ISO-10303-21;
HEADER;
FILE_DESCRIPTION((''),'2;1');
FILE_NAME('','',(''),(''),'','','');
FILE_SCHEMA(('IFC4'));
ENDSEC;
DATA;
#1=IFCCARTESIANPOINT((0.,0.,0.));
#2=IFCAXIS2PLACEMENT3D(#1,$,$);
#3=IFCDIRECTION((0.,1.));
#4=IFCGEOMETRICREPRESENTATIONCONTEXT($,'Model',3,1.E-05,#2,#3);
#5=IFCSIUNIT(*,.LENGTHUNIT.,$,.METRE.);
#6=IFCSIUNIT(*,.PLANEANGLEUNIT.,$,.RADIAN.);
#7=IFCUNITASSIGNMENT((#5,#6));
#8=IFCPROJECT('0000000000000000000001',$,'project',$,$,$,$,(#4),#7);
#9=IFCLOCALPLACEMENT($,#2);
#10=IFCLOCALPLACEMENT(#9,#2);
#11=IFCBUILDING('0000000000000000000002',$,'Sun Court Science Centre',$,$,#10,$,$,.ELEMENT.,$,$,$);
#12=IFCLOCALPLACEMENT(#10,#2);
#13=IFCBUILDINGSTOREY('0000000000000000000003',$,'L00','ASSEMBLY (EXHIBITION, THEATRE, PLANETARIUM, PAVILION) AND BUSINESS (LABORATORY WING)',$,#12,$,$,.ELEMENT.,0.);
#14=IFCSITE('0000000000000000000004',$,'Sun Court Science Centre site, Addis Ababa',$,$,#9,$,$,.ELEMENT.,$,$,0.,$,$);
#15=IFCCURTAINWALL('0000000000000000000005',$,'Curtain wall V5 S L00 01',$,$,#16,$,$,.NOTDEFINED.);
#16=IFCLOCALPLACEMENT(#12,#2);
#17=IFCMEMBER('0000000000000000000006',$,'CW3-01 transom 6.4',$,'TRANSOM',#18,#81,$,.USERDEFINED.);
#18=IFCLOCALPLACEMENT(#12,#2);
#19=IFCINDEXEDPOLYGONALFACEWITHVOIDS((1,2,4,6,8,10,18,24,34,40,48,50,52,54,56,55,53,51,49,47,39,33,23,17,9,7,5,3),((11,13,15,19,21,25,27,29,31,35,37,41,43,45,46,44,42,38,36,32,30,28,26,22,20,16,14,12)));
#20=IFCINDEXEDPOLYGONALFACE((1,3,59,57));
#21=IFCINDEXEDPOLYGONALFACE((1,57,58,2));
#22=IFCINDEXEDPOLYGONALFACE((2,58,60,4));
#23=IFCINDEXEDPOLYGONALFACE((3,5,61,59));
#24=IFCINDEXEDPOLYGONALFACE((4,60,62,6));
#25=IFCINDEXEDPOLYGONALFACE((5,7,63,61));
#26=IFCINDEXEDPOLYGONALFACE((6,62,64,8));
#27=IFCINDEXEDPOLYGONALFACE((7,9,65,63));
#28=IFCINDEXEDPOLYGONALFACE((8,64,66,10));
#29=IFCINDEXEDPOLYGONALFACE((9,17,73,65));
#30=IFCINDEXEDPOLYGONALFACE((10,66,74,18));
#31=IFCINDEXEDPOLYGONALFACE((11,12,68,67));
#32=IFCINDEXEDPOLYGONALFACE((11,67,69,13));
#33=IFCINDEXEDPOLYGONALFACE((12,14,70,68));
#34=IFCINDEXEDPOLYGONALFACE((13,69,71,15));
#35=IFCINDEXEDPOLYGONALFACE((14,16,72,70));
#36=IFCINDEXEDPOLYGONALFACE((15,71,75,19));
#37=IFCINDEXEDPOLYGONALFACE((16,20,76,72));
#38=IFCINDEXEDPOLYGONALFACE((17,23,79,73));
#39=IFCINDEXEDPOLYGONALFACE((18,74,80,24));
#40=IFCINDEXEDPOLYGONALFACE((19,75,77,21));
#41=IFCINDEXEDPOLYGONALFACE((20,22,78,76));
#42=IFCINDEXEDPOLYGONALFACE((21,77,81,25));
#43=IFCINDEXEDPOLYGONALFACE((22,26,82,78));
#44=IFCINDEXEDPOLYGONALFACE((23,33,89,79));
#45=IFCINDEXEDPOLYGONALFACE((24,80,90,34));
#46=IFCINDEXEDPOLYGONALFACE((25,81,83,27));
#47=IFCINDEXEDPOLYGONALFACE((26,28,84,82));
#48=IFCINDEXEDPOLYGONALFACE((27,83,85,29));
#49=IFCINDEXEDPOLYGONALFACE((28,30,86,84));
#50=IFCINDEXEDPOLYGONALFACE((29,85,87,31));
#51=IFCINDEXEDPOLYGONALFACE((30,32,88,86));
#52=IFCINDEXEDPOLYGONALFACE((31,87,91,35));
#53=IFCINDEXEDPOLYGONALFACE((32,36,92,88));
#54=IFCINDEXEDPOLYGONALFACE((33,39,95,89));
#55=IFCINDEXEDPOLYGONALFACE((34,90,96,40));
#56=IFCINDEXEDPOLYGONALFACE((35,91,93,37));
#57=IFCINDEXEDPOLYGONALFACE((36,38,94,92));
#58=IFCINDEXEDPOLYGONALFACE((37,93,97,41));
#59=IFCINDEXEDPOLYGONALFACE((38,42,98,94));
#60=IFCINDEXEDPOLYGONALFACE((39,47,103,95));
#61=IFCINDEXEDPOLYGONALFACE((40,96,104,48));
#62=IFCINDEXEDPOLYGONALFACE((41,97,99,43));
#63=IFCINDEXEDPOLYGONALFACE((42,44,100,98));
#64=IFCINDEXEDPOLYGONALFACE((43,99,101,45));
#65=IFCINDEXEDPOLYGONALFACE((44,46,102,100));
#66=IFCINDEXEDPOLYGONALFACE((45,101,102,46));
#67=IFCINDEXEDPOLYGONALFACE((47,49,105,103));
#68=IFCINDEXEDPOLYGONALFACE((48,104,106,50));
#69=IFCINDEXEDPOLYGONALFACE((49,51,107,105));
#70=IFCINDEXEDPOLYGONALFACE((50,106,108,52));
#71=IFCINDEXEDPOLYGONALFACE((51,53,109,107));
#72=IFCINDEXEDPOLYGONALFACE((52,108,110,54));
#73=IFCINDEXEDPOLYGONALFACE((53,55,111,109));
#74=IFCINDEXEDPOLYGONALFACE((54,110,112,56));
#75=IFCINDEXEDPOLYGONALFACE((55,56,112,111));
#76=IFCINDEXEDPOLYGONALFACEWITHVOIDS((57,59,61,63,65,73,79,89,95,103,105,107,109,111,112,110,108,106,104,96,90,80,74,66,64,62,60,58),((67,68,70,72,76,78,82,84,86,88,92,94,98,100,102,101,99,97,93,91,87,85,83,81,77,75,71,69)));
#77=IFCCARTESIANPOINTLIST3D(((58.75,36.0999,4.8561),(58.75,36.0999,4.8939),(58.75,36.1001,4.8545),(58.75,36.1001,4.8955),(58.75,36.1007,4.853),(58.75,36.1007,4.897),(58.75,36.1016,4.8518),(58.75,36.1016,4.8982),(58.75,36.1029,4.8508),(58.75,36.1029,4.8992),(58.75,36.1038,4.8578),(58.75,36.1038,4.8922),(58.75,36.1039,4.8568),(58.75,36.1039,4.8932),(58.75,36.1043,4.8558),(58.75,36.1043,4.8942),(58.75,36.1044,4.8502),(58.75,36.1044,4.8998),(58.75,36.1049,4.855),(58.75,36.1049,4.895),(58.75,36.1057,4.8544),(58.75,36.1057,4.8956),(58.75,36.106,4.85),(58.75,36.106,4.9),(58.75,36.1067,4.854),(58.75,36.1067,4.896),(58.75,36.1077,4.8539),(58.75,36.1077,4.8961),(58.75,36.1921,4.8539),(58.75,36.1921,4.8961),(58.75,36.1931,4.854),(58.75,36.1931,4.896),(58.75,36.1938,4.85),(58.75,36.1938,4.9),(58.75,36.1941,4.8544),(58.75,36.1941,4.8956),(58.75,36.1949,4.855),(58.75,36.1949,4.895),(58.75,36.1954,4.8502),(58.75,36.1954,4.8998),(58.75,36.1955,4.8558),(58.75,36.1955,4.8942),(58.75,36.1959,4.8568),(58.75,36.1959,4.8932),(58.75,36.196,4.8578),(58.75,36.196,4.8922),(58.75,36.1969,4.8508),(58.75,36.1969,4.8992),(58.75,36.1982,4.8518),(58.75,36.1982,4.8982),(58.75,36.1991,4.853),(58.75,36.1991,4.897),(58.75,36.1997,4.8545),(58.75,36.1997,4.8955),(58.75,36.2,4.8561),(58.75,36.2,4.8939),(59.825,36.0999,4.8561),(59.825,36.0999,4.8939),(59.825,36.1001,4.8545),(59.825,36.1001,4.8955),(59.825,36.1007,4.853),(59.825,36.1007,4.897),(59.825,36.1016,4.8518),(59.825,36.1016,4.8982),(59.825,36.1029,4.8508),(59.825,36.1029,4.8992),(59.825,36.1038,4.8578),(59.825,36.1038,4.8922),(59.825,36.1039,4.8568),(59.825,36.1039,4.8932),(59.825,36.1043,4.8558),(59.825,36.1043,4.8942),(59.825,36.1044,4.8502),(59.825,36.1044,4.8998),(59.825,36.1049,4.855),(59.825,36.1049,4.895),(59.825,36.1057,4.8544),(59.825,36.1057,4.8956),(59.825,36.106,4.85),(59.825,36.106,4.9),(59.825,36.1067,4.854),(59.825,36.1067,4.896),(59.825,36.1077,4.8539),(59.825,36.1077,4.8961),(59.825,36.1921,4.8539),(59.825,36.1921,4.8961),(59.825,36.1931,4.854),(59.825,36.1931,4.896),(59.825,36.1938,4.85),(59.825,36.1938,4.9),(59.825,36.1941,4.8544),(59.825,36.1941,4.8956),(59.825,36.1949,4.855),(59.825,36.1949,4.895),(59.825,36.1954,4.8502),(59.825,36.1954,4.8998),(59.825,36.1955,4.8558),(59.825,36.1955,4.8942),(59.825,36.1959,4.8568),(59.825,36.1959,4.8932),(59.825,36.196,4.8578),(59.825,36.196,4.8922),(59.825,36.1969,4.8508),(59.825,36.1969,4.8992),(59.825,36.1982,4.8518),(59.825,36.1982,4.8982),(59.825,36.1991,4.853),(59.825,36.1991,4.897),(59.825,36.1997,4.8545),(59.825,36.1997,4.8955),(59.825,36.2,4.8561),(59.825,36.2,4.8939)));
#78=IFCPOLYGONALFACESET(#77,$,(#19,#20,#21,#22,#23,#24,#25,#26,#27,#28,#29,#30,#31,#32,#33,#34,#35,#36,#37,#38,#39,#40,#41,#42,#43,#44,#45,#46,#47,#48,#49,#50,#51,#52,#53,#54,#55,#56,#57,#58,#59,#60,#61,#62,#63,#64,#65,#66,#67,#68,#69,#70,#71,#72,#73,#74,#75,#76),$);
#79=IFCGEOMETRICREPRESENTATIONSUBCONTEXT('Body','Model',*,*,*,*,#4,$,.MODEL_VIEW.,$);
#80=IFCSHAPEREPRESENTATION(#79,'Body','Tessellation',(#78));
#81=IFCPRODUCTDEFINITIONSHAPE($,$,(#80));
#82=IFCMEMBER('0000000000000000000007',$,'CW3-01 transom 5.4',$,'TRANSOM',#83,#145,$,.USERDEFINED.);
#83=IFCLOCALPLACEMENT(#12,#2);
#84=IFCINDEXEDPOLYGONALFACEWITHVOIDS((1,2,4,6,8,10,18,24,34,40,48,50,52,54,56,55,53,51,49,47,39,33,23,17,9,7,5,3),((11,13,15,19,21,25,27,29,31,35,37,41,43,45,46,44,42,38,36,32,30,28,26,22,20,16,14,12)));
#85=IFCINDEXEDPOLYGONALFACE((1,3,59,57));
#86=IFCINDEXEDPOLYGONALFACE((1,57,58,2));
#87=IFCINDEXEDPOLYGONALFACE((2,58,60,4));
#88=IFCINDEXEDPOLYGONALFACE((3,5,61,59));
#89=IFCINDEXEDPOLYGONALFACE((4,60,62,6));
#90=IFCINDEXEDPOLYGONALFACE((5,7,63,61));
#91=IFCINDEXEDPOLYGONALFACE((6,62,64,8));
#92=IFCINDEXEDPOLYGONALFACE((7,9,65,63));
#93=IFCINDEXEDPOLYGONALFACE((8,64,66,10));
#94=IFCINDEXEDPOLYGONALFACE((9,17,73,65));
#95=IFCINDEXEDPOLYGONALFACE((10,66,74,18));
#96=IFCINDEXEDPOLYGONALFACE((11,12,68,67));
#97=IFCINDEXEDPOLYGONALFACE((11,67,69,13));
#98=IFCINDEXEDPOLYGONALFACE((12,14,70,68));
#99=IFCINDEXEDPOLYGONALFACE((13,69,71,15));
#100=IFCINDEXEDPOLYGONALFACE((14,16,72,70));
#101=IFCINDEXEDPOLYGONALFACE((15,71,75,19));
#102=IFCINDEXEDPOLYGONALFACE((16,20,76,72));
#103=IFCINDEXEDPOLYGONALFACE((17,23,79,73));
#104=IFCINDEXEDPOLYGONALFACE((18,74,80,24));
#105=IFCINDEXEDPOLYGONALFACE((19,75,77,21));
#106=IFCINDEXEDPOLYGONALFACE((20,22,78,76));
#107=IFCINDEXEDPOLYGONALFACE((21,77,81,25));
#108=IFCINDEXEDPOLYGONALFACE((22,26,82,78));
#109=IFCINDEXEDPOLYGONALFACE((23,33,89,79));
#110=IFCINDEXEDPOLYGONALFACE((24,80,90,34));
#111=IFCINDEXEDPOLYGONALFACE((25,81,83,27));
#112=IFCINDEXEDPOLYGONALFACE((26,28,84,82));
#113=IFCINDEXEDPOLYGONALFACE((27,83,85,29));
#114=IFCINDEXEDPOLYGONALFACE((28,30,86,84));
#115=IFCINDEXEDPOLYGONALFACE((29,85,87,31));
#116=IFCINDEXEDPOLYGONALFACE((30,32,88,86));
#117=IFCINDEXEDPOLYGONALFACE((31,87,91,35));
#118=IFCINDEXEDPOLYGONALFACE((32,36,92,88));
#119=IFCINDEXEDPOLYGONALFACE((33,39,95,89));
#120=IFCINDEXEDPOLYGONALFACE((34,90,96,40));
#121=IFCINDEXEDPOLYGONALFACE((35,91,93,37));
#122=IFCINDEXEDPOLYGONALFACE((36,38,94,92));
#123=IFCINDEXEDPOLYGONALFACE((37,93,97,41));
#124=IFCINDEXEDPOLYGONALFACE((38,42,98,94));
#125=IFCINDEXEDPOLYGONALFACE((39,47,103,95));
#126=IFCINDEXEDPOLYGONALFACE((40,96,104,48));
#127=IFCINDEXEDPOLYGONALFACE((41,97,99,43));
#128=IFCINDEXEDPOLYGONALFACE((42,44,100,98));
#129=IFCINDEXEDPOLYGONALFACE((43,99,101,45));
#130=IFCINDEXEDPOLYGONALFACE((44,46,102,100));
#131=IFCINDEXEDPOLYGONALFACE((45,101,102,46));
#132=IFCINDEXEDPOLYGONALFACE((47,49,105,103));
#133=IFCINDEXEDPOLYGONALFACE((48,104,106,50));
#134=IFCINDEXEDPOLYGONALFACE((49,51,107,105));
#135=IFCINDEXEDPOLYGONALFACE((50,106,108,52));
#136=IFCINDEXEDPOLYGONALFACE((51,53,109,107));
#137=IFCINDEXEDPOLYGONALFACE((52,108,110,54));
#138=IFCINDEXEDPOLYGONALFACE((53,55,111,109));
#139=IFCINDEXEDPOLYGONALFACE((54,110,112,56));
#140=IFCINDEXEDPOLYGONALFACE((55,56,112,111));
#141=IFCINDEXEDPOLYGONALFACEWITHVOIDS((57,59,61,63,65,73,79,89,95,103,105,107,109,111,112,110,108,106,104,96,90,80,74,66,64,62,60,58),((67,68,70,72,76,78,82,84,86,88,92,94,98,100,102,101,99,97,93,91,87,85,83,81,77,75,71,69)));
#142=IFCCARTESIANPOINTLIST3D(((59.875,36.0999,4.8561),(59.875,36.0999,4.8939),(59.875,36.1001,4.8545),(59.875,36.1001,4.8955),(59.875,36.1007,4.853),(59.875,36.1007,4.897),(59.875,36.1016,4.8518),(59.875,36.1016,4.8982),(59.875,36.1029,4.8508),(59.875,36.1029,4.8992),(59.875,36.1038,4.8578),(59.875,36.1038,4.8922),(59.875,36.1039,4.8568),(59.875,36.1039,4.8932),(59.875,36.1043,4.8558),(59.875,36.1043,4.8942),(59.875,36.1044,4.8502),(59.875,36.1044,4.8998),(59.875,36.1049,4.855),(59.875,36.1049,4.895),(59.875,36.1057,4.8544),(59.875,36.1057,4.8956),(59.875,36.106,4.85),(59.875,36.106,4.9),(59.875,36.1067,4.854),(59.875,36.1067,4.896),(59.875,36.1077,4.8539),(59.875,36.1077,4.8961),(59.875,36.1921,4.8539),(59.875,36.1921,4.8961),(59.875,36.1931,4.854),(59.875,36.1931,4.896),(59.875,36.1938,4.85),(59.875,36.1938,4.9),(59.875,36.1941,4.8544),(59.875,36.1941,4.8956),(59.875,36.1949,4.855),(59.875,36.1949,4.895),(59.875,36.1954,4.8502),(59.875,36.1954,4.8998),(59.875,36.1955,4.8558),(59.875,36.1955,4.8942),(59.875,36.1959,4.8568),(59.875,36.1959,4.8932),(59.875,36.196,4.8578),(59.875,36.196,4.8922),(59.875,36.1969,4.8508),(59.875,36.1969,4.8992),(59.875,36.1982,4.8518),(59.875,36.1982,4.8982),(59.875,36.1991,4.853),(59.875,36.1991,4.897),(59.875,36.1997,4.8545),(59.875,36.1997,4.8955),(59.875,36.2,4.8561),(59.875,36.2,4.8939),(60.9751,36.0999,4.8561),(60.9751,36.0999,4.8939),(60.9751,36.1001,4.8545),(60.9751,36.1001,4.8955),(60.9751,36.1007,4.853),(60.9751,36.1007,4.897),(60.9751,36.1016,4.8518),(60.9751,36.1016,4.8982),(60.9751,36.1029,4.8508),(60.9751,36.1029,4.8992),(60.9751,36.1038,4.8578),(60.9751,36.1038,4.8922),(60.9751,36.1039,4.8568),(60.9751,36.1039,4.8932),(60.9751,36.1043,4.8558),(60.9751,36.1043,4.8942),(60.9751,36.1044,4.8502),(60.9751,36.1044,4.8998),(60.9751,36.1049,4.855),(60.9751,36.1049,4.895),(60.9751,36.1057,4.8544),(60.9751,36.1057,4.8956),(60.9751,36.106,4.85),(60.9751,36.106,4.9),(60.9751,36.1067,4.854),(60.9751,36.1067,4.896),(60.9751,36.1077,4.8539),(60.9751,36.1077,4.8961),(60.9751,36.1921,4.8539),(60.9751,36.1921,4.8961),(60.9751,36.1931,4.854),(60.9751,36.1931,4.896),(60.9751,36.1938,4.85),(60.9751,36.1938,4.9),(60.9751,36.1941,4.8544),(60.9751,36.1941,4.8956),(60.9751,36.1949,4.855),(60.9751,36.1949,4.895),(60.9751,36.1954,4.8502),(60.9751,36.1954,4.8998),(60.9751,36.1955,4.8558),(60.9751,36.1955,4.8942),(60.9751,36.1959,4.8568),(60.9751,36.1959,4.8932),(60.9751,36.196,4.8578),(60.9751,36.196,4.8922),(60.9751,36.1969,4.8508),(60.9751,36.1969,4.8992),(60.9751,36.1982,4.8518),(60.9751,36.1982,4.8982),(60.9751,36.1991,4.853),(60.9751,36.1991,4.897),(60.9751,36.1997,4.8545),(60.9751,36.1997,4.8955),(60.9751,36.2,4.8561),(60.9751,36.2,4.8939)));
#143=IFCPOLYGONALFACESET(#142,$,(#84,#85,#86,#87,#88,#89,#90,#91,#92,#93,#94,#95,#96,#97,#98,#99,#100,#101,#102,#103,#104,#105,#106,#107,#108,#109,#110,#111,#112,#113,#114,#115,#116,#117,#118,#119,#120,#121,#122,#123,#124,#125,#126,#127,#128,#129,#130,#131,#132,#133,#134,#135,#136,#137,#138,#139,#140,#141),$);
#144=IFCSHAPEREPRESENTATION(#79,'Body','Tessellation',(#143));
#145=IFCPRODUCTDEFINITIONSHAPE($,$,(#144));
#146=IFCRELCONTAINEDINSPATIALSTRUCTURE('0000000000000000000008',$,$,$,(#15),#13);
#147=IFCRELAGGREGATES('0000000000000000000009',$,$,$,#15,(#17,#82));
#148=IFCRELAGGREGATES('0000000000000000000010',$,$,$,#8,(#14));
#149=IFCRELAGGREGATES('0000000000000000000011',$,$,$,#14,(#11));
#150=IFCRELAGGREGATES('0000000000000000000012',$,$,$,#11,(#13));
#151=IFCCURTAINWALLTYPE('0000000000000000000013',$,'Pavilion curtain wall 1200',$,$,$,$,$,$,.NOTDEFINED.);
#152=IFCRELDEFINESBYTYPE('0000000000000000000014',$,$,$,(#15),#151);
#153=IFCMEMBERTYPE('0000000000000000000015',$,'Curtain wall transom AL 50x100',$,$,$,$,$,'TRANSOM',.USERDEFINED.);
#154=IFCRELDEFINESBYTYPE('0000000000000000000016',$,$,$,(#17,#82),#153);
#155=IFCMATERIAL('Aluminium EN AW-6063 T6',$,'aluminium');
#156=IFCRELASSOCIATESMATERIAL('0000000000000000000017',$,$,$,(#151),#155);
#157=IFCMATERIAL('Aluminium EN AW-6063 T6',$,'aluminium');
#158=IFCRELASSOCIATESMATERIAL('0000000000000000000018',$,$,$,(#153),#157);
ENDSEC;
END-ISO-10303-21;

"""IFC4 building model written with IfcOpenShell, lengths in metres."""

from ifc_helpers import new_model, si_unit, direction, frame, origin, origin_2d, place, context, subcontext, project, spatial, hollow_rectangle, extrude, material, material_profile, profile_set, type_object, element, aggregate, save


model = new_model("IFC4")

# Units and contexts
model_context = context("Model", 3, precision=1e-05, world=origin(), true_north=direction((0.0, 1.0)))
body_context = subcontext(model_context, "Body", "Model", "MODEL_VIEW")
ifc_project = project(units=[si_unit("LENGTHUNIT", "METRE"), si_unit("PLANEANGLEUNIT", "RADIAN")], contexts=[model_context])

# Site, building, storey
site_placement = place(None, origin())
site = spatial("IfcSite", under=ifc_project, at=site_placement, Name="Sun Court Science Centre site, Addis Ababa", CompositionType="ELEMENT", RefElevation=0.0)
building_placement = place(site_placement, origin())
building = spatial("IfcBuilding", under=site, at=building_placement, Name="Sun Court Science Centre", CompositionType="ELEMENT")
storey_placement = place(building_placement, origin())
storey = spatial("IfcBuildingStorey", under=building, at=storey_placement, Name="L00", Description="ASSEMBLY (EXHIBITION, THEATRE, PLANETARIUM, PAVILION) AND BUSINESS (LABORATORY WING)", CompositionType="ELEMENT", Elevation=0.0)

# Curtain wall, members
ifc_material_1 = material(Name="Aluminium EN AW-6063 T6", Category="aluminium")
curtain_wall_type = type_object("IfcCurtainWallType", Name="Pavilion curtain wall 1200", PredefinedType="NOTDEFINED", material=ifc_material_1)
curtain_wall_placement = place(storey_placement, origin())
curtain_wall = element("IfcCurtainWall", 1, at=curtain_wall_placement, inside=storey, type_object=curtain_wall_type, Name="Curtain wall V5 S L00 01", PredefinedType="NOTDEFINED")
ifc_material_2 = material(Name="Aluminium EN AW-6063 T6", Category="aluminium")
ifc_material_profile_1 = material_profile(ifc_material_2, hollow_rectangle(XDim=0.05, YDim=0.1001, WallThickness=0.0039, InnerFilletRadius=0.0039, OuterFilletRadius=0.0061, at=origin_2d()), Name="AL 50x100x4")
ifc_profile_set_1 = profile_set([ifc_material_profile_1], Name="Aluminium EN AW-6063 T6")
member_type_1 = type_object("IfcMemberType", Name="Curtain wall transom AL 50x100", ElementType="TRANSOM", PredefinedType="USERDEFINED", material=ifc_profile_set_1)
member_1_placement = place(storey_placement, frame((59.825, 36.1499, 4.875), z_axis=(-1.0, 0.0, 0.0), x_axis=(0.0, 0.0, 1.0)))
member_1 = element("IfcMember", 2, at=member_1_placement, type_object=member_type_1, Name="CW3-01 transom 6.4", ObjectType="TRANSOM", PredefinedType="USERDEFINED", context=body_context, shape_type="SweptSolid", body=[
    extrude(hollow_rectangle(XDim=0.05, YDim=0.1001, WallThickness=0.0039, InnerFilletRadius=0.0039, OuterFilletRadius=0.0061, at=origin_2d()), origin(), (0.0, 0.0, 1.0), 1.075),
])
member_2_placement = place(storey_placement, frame((60.9751, 36.1499, 4.875), z_axis=(-1.0, 0.0, 0.0), x_axis=(0.0, 0.0, 1.0)))
member_2 = element("IfcMember", 3, at=member_2_placement, type_object=member_type_1, Name="CW3-01 transom 5.4", ObjectType="TRANSOM", PredefinedType="USERDEFINED", context=body_context, shape_type="SweptSolid", body=[
    extrude(hollow_rectangle(XDim=0.05, YDim=0.1001, WallThickness=0.0039, InnerFilletRadius=0.0039, OuterFilletRadius=0.0061, at=origin_2d()), origin(), (0.0, 0.0, 1.0), 1.1001),
])
aggregate(curtain_wall, [member_1, member_2])

save(model, "model.ifc")
